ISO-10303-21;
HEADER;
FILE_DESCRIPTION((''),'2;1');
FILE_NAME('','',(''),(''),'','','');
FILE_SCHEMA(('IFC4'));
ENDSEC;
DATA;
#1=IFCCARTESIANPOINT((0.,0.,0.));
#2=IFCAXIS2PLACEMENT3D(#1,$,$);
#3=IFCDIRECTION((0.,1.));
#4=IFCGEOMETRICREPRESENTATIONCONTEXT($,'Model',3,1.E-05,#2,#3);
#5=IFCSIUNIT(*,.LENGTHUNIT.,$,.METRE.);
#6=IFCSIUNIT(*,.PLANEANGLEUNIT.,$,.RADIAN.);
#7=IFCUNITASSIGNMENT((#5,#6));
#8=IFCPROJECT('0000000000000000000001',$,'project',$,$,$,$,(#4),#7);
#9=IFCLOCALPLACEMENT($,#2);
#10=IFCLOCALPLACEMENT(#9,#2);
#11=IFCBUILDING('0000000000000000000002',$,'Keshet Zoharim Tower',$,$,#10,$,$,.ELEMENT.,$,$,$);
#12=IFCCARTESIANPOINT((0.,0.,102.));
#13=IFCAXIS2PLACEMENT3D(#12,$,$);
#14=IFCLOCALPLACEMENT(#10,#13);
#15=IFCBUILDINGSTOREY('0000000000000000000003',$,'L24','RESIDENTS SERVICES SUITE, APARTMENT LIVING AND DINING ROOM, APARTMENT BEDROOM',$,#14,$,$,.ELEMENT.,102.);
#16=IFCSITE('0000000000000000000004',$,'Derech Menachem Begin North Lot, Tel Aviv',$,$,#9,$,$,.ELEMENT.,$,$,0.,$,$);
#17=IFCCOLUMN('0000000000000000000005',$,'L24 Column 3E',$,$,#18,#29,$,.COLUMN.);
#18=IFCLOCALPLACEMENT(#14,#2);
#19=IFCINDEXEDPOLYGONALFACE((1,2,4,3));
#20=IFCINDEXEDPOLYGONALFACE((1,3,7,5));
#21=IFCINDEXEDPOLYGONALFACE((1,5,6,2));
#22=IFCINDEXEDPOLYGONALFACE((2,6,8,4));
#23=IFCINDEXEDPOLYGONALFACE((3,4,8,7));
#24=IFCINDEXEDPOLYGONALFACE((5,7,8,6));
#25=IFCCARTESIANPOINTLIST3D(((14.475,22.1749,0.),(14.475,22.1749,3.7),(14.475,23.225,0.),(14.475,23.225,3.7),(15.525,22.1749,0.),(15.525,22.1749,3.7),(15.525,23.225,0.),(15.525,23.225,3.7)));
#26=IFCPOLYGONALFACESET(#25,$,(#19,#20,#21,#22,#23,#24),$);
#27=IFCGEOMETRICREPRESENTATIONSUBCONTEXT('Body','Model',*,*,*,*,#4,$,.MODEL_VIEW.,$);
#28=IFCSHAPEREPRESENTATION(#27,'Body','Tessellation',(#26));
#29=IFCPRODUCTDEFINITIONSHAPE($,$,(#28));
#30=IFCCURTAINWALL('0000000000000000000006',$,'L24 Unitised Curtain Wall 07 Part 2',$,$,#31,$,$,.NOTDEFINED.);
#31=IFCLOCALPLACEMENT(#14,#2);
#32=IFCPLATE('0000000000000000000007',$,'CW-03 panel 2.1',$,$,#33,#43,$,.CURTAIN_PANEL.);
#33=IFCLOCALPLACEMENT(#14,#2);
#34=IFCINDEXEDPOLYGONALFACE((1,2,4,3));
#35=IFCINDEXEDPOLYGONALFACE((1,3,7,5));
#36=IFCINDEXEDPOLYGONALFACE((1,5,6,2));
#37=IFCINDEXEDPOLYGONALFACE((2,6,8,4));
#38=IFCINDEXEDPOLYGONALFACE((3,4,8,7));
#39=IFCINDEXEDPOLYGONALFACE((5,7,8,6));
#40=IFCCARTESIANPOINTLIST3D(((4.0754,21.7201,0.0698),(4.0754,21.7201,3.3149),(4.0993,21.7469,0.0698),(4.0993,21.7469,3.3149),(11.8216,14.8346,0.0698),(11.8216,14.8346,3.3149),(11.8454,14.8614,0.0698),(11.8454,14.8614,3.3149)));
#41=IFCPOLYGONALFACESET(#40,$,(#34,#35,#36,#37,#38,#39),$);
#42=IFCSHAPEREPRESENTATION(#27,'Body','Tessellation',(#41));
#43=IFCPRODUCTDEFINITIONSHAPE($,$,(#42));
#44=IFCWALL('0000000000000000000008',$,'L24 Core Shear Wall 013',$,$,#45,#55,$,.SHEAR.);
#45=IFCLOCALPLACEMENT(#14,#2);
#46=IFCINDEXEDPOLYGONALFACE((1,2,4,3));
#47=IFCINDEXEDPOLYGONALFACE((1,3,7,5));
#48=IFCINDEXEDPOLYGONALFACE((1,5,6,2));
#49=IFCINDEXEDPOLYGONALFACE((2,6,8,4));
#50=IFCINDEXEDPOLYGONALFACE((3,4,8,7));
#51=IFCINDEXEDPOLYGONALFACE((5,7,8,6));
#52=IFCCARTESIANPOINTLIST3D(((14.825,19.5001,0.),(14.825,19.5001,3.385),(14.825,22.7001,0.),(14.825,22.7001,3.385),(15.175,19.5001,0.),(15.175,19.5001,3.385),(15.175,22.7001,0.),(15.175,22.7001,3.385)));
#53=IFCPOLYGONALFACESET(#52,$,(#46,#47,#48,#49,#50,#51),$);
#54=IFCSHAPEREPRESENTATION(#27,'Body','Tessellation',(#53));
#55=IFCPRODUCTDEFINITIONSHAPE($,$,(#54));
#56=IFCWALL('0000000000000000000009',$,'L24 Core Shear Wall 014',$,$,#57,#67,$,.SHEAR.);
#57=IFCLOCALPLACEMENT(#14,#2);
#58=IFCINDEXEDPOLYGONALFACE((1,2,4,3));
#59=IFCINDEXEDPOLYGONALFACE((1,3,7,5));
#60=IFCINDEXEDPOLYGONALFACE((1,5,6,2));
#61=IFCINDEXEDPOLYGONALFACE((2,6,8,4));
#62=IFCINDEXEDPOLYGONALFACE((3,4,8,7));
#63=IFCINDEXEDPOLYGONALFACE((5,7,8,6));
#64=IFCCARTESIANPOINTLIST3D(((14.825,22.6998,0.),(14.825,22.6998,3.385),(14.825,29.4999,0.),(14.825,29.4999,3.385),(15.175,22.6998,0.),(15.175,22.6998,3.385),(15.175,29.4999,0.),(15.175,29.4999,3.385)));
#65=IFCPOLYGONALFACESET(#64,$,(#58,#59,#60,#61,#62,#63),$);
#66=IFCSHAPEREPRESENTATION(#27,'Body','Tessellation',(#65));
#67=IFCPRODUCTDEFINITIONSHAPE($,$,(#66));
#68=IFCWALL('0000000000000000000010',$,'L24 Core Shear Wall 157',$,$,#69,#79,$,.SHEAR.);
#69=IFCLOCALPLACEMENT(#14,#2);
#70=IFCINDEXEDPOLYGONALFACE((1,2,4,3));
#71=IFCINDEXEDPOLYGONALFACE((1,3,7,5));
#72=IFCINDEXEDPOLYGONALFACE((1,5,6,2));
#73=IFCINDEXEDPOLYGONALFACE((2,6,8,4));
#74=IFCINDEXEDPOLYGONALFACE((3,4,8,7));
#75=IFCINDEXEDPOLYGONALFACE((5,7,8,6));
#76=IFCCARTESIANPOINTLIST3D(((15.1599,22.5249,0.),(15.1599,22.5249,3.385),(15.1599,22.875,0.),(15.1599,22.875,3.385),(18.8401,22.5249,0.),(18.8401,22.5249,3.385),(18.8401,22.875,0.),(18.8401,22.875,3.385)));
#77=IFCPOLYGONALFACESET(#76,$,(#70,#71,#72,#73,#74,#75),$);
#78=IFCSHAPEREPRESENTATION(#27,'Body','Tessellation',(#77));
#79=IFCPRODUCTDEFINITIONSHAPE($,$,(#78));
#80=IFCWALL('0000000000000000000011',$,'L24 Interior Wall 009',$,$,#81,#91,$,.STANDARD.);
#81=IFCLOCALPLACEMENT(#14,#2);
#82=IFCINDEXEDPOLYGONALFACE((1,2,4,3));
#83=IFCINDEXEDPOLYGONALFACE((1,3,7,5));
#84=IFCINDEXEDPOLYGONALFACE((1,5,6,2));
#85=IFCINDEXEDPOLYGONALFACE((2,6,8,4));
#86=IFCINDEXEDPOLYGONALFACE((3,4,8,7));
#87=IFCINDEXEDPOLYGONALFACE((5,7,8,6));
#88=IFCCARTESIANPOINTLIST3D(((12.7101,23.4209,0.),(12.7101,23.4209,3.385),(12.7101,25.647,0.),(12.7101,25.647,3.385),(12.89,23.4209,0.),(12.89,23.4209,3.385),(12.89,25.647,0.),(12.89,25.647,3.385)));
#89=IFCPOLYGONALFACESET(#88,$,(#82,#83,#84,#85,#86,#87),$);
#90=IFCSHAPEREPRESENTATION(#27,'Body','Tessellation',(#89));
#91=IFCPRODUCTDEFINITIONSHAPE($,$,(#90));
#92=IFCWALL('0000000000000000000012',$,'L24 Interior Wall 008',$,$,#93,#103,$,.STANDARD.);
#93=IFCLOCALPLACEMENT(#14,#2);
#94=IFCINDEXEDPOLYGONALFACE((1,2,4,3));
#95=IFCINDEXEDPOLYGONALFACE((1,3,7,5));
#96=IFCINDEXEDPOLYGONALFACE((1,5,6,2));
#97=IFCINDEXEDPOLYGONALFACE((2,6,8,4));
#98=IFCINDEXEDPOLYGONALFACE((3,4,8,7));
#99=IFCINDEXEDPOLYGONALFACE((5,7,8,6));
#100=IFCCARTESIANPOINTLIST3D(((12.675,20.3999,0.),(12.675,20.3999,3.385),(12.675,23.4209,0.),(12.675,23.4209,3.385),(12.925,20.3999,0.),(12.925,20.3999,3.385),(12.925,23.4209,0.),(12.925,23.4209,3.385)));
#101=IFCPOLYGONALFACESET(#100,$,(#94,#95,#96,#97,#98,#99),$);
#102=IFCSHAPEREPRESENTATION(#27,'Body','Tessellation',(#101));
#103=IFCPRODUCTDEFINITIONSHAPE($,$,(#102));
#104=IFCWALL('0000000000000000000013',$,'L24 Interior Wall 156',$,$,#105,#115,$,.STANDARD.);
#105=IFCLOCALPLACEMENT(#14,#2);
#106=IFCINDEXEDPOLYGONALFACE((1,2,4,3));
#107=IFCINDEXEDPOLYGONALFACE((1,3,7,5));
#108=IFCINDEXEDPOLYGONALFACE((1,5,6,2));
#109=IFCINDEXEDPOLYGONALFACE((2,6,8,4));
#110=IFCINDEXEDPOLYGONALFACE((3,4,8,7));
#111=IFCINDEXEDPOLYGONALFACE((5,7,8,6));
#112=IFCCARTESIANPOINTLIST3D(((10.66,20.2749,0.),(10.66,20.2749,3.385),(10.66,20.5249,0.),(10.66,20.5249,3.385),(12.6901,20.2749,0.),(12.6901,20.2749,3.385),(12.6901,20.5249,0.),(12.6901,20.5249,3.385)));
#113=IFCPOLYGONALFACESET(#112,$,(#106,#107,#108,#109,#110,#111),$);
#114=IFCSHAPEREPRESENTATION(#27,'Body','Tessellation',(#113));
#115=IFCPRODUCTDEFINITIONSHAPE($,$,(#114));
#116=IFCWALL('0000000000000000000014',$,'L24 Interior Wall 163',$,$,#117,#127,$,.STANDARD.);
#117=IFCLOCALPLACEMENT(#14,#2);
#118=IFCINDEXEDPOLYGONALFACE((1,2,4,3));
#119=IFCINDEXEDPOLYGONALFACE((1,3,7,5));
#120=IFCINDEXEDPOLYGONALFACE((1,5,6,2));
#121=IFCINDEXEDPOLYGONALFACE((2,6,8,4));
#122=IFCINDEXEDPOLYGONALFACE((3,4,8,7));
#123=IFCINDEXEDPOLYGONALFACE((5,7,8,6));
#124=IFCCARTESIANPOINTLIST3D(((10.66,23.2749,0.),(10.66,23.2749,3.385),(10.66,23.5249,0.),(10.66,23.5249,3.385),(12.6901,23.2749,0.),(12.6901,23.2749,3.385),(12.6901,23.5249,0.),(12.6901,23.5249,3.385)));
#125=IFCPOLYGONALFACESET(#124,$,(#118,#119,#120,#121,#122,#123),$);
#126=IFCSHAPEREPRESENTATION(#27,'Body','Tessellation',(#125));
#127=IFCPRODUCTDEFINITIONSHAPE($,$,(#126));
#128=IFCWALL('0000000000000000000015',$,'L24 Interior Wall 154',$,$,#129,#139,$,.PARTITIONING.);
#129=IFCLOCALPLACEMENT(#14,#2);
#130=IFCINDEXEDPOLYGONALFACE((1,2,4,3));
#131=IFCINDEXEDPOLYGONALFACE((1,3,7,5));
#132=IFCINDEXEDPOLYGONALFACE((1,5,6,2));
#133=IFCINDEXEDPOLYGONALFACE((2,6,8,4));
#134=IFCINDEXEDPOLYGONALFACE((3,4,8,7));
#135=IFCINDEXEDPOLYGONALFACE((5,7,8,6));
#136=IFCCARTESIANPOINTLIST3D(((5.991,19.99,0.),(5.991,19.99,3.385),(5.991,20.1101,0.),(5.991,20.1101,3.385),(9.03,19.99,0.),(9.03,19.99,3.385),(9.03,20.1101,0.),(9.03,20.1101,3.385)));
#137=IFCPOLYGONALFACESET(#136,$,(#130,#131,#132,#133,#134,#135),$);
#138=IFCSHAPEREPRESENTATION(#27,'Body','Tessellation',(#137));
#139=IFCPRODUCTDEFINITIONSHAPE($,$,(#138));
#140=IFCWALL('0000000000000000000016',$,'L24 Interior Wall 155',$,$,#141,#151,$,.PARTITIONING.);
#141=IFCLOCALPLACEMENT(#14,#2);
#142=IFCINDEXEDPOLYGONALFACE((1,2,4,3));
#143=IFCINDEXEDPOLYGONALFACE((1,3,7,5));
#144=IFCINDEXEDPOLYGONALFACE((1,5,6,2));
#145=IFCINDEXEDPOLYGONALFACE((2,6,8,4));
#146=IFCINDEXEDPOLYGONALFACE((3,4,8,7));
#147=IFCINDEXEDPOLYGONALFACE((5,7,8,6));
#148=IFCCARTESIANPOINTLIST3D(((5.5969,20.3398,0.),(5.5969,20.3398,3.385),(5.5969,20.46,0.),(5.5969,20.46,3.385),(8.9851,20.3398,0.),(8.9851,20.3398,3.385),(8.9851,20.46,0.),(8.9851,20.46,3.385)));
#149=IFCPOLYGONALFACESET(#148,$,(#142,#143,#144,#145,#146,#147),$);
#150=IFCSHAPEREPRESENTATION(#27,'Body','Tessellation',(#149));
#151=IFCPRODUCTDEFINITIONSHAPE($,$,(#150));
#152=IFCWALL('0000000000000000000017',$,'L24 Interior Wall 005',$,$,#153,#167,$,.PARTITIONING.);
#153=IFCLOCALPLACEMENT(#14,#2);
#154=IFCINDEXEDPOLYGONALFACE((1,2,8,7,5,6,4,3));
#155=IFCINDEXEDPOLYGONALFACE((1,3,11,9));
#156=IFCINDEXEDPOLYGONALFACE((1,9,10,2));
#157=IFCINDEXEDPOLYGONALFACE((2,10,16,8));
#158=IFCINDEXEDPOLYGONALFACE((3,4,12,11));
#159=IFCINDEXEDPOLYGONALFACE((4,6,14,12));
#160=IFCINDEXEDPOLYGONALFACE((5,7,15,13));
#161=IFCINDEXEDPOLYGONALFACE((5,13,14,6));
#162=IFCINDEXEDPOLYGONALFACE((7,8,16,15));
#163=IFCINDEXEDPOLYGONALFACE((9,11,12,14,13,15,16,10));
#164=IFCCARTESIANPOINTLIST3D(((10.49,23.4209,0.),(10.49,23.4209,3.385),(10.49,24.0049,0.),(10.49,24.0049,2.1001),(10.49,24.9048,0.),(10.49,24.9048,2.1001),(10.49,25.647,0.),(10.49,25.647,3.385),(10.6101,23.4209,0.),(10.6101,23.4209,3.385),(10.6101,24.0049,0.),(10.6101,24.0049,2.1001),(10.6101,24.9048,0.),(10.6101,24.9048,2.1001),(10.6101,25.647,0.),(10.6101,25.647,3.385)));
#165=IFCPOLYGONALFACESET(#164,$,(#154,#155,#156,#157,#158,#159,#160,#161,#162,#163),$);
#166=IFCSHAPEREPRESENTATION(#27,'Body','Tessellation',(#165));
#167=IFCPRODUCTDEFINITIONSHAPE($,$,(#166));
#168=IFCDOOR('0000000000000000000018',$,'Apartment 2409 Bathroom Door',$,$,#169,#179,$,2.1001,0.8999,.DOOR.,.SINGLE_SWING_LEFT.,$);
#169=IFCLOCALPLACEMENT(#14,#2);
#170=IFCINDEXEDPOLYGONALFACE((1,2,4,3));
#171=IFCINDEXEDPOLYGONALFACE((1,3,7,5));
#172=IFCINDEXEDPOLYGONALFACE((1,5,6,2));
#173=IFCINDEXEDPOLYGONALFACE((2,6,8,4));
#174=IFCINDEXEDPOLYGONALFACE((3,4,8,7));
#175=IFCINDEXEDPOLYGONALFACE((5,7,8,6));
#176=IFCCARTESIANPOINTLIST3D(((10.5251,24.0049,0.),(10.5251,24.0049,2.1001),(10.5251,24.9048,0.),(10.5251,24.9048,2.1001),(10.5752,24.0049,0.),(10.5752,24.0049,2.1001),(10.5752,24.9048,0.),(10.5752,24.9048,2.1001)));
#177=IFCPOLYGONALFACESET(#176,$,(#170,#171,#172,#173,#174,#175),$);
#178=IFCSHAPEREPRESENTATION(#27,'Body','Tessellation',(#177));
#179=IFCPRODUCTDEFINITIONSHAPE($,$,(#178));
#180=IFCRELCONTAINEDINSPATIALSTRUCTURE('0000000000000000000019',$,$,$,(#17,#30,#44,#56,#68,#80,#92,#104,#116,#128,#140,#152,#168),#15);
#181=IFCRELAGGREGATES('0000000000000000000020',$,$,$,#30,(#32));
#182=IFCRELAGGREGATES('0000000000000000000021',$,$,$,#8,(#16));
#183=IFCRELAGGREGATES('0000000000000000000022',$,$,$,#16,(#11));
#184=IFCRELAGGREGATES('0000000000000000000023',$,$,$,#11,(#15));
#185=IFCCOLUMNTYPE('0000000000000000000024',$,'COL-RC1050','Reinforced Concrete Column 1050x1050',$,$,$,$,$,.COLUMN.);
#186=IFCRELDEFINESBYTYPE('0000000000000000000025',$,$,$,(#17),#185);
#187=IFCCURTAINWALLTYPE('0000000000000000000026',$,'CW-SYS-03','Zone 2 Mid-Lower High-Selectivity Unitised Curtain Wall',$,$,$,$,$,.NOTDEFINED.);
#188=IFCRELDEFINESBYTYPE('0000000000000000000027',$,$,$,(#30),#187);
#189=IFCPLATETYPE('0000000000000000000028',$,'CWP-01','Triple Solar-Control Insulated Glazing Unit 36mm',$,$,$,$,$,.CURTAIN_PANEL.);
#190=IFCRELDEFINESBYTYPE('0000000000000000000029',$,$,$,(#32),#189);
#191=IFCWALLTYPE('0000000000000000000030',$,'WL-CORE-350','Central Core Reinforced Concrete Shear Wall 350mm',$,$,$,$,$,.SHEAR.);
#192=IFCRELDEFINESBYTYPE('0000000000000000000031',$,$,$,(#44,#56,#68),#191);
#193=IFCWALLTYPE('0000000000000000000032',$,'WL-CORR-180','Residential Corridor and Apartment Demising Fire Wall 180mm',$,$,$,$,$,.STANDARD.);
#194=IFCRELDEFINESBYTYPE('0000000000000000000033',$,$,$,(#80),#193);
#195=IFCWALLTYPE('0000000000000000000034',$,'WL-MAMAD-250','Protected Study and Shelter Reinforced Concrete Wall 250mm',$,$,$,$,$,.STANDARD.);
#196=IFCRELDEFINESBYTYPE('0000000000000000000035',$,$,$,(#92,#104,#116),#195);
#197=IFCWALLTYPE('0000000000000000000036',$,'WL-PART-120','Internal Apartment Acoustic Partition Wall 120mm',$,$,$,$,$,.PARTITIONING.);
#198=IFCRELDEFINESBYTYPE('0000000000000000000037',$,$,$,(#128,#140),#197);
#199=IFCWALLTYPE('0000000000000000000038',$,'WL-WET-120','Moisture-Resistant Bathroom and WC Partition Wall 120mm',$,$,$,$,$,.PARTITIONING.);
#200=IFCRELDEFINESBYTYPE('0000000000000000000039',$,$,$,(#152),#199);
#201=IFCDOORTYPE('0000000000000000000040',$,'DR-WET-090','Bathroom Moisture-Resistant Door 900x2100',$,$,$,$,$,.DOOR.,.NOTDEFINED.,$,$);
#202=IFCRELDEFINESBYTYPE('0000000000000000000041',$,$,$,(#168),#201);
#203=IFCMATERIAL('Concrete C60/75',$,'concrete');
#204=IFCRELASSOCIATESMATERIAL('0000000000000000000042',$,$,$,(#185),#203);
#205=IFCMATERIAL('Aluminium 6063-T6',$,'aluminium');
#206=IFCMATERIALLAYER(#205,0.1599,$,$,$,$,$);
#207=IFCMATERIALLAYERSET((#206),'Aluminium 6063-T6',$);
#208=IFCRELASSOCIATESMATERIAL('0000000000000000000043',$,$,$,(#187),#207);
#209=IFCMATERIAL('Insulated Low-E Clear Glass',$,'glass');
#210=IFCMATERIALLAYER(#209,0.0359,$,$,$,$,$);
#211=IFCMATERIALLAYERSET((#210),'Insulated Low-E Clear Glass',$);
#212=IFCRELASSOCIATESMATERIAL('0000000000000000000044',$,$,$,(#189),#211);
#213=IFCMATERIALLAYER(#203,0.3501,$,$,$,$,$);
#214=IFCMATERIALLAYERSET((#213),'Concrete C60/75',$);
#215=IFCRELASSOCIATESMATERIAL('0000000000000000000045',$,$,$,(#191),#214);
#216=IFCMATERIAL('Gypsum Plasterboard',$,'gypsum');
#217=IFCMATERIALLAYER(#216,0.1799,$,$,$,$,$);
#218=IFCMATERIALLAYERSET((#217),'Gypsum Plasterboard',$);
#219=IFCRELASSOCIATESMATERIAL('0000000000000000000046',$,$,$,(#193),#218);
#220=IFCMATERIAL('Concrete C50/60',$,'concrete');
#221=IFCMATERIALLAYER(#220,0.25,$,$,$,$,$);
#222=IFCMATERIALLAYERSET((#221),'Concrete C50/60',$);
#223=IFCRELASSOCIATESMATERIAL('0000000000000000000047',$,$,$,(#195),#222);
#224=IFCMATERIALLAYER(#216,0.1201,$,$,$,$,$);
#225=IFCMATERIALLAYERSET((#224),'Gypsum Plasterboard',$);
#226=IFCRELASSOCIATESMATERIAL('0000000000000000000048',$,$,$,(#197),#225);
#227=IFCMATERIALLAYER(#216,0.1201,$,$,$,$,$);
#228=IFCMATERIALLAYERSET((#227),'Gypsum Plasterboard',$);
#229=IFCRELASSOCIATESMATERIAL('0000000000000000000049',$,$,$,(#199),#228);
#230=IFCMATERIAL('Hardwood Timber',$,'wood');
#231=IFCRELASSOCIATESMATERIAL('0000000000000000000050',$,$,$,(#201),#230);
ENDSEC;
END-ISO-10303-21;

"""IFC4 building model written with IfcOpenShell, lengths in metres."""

from ifc_helpers import new_model, si_unit, direction, frame, frame_2d, origin, origin_2d, place, context, subcontext, project, spatial, rectangle, extrude, material, layer, layer_set, material_profile, profile_set, type_object, element, fill, aggregate, save


model = new_model("IFC4")

# Units and contexts
model_context = context("Model", 3, precision=1e-05, world=origin(), true_north=direction((0.0, 1.0)))
body_context = subcontext(model_context, "Body", "Model", "MODEL_VIEW")
ifc_project = project(units=[si_unit("LENGTHUNIT", "METRE"), si_unit("PLANEANGLEUNIT", "RADIAN")], contexts=[model_context])

# Site, building, storey
site_placement = place(None, origin())
site = spatial("IfcSite", under=ifc_project, at=site_placement, Name="Derech Menachem Begin North Lot, Tel Aviv", CompositionType="ELEMENT", RefElevation=0.0)
building_placement = place(site_placement, origin())
building = spatial("IfcBuilding", under=site, at=building_placement, Name="Keshet Zoharim Tower", CompositionType="ELEMENT")
storey_placement = place(building_placement, frame((0.0, 0.0, 102.0)))
storey = spatial("IfcBuildingStorey", under=building, at=storey_placement, Name="L24", Description="RESIDENTS SERVICES SUITE, APARTMENT LIVING AND DINING ROOM, APARTMENT BEDROOM", CompositionType="ELEMENT", Elevation=102.0)

# Column
ifc_material_1 = material(Name="Concrete C60/75", Category="concrete")
ifc_material_profile = material_profile(ifc_material_1, rectangle(XDim=1.05, YDim=1.05, at=origin_2d()), Name="RC1050x1050")
ifc_profile_set = profile_set([ifc_material_profile], Name="Concrete C60/75")
column_type = type_object("IfcColumnType", Name="COL-RC1050", Description="Reinforced Concrete Column 1050x1050", PredefinedType="COLUMN", material=ifc_profile_set)
column_placement = place(storey_placement, frame((15.0, 22.7, 0.0), z_axis=(0.0, 0.0, 1.0), x_axis=(1.0, 0.0, 0.0)))
element("IfcColumn", 1, at=column_placement, inside=storey, type_object=column_type, Name="L24 Column 3E", PredefinedType="COLUMN", context=body_context, shape_type="SweptSolid", body=[
    extrude(rectangle(XDim=1.05, YDim=1.05, at=origin_2d()), origin(), (0.0, 0.0, 1.0), 3.7),
])

# Curtain wall, plate
ifc_material_2 = material(Name="Aluminium 6063-T6", Category="aluminium")
ifc_layer_1 = layer(ifc_material_2, 0.1599)
ifc_layer_set_1 = layer_set([ifc_layer_1], Name="Aluminium 6063-T6")
curtain_wall_type = type_object("IfcCurtainWallType", Name="CW-SYS-03", Description="Zone 2 Mid-Lower High-Selectivity Unitised Curtain Wall", PredefinedType="NOTDEFINED", material=ifc_layer_set_1)
curtain_wall_placement = place(storey_placement, origin())
curtain_wall = element("IfcCurtainWall", 2, at=curtain_wall_placement, inside=storey, type_object=curtain_wall_type, Name="L24 Unitised Curtain Wall 07 Part 2", PredefinedType="NOTDEFINED")
ifc_material_3 = material(Name="Insulated Low-E Clear Glass", Category="glass")
ifc_layer_2 = layer(ifc_material_3, 0.0359)
ifc_layer_set_2 = layer_set([ifc_layer_2], Name="Insulated Low-E Clear Glass")
plate_type = type_object("IfcPlateType", Name="CWP-01", Description="Triple Solar-Control Insulated Glazing Unit 36mm", PredefinedType="CURTAIN_PANEL", material=ifc_layer_set_2)
plate_placement = place(storey_placement, frame((7.9604, 18.2908, 0.0698), z_axis=(0.0, 0.0, 1.0), x_axis=(-0.747409, 0.664364, 0.0)))
plate = element("IfcPlate", 3, at=plate_placement, type_object=plate_type, Name="CW-03 panel 2.1", PredefinedType="CURTAIN_PANEL", context=body_context, shape_type="SweptSolid", body=[
    extrude(rectangle(XDim=10.364, YDim=0.0359, at=origin_2d()), origin(), (0.0, 0.0, 1.0), 3.2451),
])
aggregate(curtain_wall, [plate])

# Walls
ifc_layer_3 = layer(ifc_material_1, 0.3501)
ifc_layer_set_3 = layer_set([ifc_layer_3], Name="Concrete C60/75")
wall_type_1 = type_object("IfcWallType", Name="WL-CORE-350", Description="Central Core Reinforced Concrete Shear Wall 350mm", PredefinedType="SHEAR", material=ifc_layer_set_3)
wall_1_placement = place(storey_placement, frame((15.0, 19.5, 0.0), z_axis=(0.0, 0.0, 1.0), x_axis=(0.0, 1.0, 0.0)))
element("IfcWall", 4, at=wall_1_placement, inside=storey, type_object=wall_type_1, Name="L24 Core Shear Wall 013", PredefinedType="SHEAR", context=body_context, shape_type="SweptSolid", body=[
    extrude(rectangle(XDim=3.2, YDim=0.3501, at=frame_2d((1.6001, 0.0))), origin(), (0.0, 0.0, 1.0), 3.385),
])
wall_2_placement = place(storey_placement, frame((15.0, 22.7, 0.0), z_axis=(0.0, 0.0, 1.0), x_axis=(0.0, 1.0, 0.0)))
element("IfcWall", 5, at=wall_2_placement, inside=storey, type_object=wall_type_1, Name="L24 Core Shear Wall 014", PredefinedType="SHEAR", context=body_context, shape_type="SweptSolid", body=[
    extrude(rectangle(XDim=6.8, YDim=0.3501, at=frame_2d((3.3999, 0.0))), origin(), (0.0, 0.0, 1.0), 3.385),
])
wall_3_placement = place(storey_placement, frame((15.1599, 22.7, 0.0), z_axis=(0.0, 0.0, 1.0), x_axis=(1.0, 0.0, 0.0)))
element("IfcWall", 6, at=wall_3_placement, inside=storey, type_object=wall_type_1, Name="L24 Core Shear Wall 157", PredefinedType="SHEAR", context=body_context, shape_type="SweptSolid", body=[
    extrude(rectangle(XDim=3.6802, YDim=0.3501, at=frame_2d((1.8401, 0.0))), origin(), (0.0, 0.0, 1.0), 3.385),
])
ifc_material_4 = material(Name="Gypsum Plasterboard", Category="gypsum")
ifc_layer_4 = layer(ifc_material_4, 0.1799)
ifc_layer_set_4 = layer_set([ifc_layer_4], Name="Gypsum Plasterboard")
wall_type_2 = type_object("IfcWallType", Name="WL-CORR-180", Description="Residential Corridor and Apartment Demising Fire Wall 180mm", PredefinedType="STANDARD", material=ifc_layer_set_4)
wall_4_placement = place(storey_placement, frame((12.8, 23.4209, 0.0), z_axis=(0.0, 0.0, 1.0), x_axis=(0.0, 1.0, 0.0)))
element("IfcWall", 7, at=wall_4_placement, inside=storey, type_object=wall_type_2, Name="L24 Interior Wall 009", PredefinedType="STANDARD", context=body_context, shape_type="SweptSolid", body=[
    extrude(rectangle(XDim=2.2261, YDim=0.1799, at=frame_2d((1.113, 0.0))), origin(), (0.0, 0.0, 1.0), 3.385),
])

# Shared definitions
ifc_material_5 = material(Name="Concrete C50/60", Category="concrete")
ifc_material_6 = material(Name="Hardwood Timber", Category="wood")
ifc_layer_5 = layer(ifc_material_5, 0.25)
ifc_layer_set_5 = layer_set([ifc_layer_5], Name="Concrete C50/60")
wall_type_3 = type_object("IfcWallType", Name="WL-MAMAD-250", Description="Protected Study and Shelter Reinforced Concrete Wall 250mm", PredefinedType="STANDARD", material=ifc_layer_set_5)

# Walls
wall_5_placement = place(storey_placement, frame((12.8, 20.3999, 0.0), z_axis=(0.0, 0.0, 1.0), x_axis=(0.0, 1.0, 0.0)))
element("IfcWall", 8, at=wall_5_placement, inside=storey, type_object=wall_type_3, Name="L24 Interior Wall 008", PredefinedType="STANDARD", context=body_context, shape_type="SweptSolid", body=[
    extrude(rectangle(XDim=3.021, YDim=0.25, at=frame_2d((1.5105, 0.0))), origin(), (0.0, 0.0, 1.0), 3.385),
])
for number, where, z_axis, x_axis, name in (
    (9, (10.6599, 20.3999, 0.0), (0.0, 0.0, 1.0), (1.0, 0.0, 0.0), "L24 Interior Wall 156"),
    (10, (10.6599, 23.3999, 0.0), (0.0, 0.0, 1.0), (1.0, 0.0, 0.0), "L24 Interior Wall 163"),
):
    element("IfcWall", number, at=place(storey_placement, frame(where, z_axis=z_axis, x_axis=x_axis)), inside=storey, type_object=wall_type_3, Name=name, PredefinedType="STANDARD", context=body_context, shape_type="SweptSolid", body=[
        extrude(rectangle(XDim=2.03, YDim=0.25, at=frame_2d((1.0151, 0.0))), origin(), (0.0, 0.0, 1.0), 3.385),
    ])

# Shared definitions
ifc_layer_6 = layer(ifc_material_4, 0.1201)
ifc_layer_set_6 = layer_set([ifc_layer_6], Name="Gypsum Plasterboard")
wall_type_4 = type_object("IfcWallType", Name="WL-PART-120", Description="Internal Apartment Acoustic Partition Wall 120mm", PredefinedType="PARTITIONING", material=ifc_layer_set_6)

# Walls
wall_6_placement = place(storey_placement, frame((5.991, 20.05, 0.0), z_axis=(0.0, 0.0, 1.0), x_axis=(1.0, 0.0, 0.0)))
element("IfcWall", 11, at=wall_6_placement, inside=storey, type_object=wall_type_4, Name="L24 Interior Wall 154", PredefinedType="PARTITIONING", context=body_context, shape_type="SweptSolid", body=[
    extrude(rectangle(XDim=3.0391, YDim=0.1201, at=frame_2d((1.5195, 0.0))), origin(), (0.0, 0.0, 1.0), 3.385),
])
wall_7_placement = place(storey_placement, frame((5.5969, 20.3999, 0.0), z_axis=(0.0, 0.0, 1.0), x_axis=(1.0, 0.0, 0.0)))
element("IfcWall", 12, at=wall_7_placement, inside=storey, type_object=wall_type_4, Name="L24 Interior Wall 155", PredefinedType="PARTITIONING", context=body_context, shape_type="SweptSolid", body=[
    extrude(rectangle(XDim=3.3882, YDim=0.1201, at=frame_2d((1.6941, 0.0))), origin(), (0.0, 0.0, 1.0), 3.385),
])

# Wall, opening, door
ifc_layer_7 = layer(ifc_material_4, 0.1201)
ifc_layer_set_7 = layer_set([ifc_layer_7], Name="Gypsum Plasterboard")
wall_type_5 = type_object("IfcWallType", Name="WL-WET-120", Description="Moisture-Resistant Bathroom and WC Partition Wall 120mm", PredefinedType="PARTITIONING", material=ifc_layer_set_7)
wall_8_placement = place(storey_placement, frame((10.55, 23.4209, 0.0), z_axis=(0.0, 0.0, 1.0), x_axis=(0.0, 1.0, 0.0)))
wall_8 = element("IfcWall", 13, at=wall_8_placement, inside=storey, type_object=wall_type_5, Name="L24 Interior Wall 005", PredefinedType="PARTITIONING", context=body_context, shape_type="SweptSolid", body=[
    extrude(rectangle(XDim=2.2261, YDim=0.1201, at=frame_2d((1.113, 0.0))), origin(), (0.0, 0.0, 1.0), 3.385),
])
opening_1_placement = place(wall_8_placement, frame((0.584, 0.0, 0.0)))
opening_1 = element("IfcOpeningElement", 14, at=opening_1_placement, cuts=wall_8, PredefinedType="OPENING", context=body_context, shape_type="SweptSolid", body=[
    extrude(rectangle(XDim=0.8999, YDim=2.1001, at=frame_2d((0.45, 1.05))), frame((0.0, 0.0701, 0.0), z_axis=(0.0, -1.0, 0.0), x_axis=(1.0, 0.0, 0.0)), (0.0, 0.0, 1.0), 0.1401),
])
door_type_1 = type_object("IfcDoorType", Name="DR-WET-090", Description="Bathroom Moisture-Resistant Door 900x2100", OperationType="NOTDEFINED", PredefinedType="DOOR", material=ifc_material_6)
door_1_placement = place(opening_1_placement, origin())
door_1 = element("IfcDoor", 15, at=door_1_placement, inside=storey, type_object=door_type_1, Name="Apartment 2409 Bathroom Door", OperationType="SINGLE_SWING_LEFT", OverallHeight=2.1001, OverallWidth=0.8999, PredefinedType="DOOR", context=body_context, shape_type="SweptSolid", body=[
    extrude(rectangle(XDim=0.8999, YDim=2.1001, at=frame_2d((0.45, 1.05))), frame((0.0, 0.0249, 0.0), z_axis=(0.0, -1.0, 0.0), x_axis=(1.0, 0.0, 0.0)), (0.0, 0.0, 1.0), 0.05),
])
fill(opening_1, door_1)

save(model, "model.ifc")
